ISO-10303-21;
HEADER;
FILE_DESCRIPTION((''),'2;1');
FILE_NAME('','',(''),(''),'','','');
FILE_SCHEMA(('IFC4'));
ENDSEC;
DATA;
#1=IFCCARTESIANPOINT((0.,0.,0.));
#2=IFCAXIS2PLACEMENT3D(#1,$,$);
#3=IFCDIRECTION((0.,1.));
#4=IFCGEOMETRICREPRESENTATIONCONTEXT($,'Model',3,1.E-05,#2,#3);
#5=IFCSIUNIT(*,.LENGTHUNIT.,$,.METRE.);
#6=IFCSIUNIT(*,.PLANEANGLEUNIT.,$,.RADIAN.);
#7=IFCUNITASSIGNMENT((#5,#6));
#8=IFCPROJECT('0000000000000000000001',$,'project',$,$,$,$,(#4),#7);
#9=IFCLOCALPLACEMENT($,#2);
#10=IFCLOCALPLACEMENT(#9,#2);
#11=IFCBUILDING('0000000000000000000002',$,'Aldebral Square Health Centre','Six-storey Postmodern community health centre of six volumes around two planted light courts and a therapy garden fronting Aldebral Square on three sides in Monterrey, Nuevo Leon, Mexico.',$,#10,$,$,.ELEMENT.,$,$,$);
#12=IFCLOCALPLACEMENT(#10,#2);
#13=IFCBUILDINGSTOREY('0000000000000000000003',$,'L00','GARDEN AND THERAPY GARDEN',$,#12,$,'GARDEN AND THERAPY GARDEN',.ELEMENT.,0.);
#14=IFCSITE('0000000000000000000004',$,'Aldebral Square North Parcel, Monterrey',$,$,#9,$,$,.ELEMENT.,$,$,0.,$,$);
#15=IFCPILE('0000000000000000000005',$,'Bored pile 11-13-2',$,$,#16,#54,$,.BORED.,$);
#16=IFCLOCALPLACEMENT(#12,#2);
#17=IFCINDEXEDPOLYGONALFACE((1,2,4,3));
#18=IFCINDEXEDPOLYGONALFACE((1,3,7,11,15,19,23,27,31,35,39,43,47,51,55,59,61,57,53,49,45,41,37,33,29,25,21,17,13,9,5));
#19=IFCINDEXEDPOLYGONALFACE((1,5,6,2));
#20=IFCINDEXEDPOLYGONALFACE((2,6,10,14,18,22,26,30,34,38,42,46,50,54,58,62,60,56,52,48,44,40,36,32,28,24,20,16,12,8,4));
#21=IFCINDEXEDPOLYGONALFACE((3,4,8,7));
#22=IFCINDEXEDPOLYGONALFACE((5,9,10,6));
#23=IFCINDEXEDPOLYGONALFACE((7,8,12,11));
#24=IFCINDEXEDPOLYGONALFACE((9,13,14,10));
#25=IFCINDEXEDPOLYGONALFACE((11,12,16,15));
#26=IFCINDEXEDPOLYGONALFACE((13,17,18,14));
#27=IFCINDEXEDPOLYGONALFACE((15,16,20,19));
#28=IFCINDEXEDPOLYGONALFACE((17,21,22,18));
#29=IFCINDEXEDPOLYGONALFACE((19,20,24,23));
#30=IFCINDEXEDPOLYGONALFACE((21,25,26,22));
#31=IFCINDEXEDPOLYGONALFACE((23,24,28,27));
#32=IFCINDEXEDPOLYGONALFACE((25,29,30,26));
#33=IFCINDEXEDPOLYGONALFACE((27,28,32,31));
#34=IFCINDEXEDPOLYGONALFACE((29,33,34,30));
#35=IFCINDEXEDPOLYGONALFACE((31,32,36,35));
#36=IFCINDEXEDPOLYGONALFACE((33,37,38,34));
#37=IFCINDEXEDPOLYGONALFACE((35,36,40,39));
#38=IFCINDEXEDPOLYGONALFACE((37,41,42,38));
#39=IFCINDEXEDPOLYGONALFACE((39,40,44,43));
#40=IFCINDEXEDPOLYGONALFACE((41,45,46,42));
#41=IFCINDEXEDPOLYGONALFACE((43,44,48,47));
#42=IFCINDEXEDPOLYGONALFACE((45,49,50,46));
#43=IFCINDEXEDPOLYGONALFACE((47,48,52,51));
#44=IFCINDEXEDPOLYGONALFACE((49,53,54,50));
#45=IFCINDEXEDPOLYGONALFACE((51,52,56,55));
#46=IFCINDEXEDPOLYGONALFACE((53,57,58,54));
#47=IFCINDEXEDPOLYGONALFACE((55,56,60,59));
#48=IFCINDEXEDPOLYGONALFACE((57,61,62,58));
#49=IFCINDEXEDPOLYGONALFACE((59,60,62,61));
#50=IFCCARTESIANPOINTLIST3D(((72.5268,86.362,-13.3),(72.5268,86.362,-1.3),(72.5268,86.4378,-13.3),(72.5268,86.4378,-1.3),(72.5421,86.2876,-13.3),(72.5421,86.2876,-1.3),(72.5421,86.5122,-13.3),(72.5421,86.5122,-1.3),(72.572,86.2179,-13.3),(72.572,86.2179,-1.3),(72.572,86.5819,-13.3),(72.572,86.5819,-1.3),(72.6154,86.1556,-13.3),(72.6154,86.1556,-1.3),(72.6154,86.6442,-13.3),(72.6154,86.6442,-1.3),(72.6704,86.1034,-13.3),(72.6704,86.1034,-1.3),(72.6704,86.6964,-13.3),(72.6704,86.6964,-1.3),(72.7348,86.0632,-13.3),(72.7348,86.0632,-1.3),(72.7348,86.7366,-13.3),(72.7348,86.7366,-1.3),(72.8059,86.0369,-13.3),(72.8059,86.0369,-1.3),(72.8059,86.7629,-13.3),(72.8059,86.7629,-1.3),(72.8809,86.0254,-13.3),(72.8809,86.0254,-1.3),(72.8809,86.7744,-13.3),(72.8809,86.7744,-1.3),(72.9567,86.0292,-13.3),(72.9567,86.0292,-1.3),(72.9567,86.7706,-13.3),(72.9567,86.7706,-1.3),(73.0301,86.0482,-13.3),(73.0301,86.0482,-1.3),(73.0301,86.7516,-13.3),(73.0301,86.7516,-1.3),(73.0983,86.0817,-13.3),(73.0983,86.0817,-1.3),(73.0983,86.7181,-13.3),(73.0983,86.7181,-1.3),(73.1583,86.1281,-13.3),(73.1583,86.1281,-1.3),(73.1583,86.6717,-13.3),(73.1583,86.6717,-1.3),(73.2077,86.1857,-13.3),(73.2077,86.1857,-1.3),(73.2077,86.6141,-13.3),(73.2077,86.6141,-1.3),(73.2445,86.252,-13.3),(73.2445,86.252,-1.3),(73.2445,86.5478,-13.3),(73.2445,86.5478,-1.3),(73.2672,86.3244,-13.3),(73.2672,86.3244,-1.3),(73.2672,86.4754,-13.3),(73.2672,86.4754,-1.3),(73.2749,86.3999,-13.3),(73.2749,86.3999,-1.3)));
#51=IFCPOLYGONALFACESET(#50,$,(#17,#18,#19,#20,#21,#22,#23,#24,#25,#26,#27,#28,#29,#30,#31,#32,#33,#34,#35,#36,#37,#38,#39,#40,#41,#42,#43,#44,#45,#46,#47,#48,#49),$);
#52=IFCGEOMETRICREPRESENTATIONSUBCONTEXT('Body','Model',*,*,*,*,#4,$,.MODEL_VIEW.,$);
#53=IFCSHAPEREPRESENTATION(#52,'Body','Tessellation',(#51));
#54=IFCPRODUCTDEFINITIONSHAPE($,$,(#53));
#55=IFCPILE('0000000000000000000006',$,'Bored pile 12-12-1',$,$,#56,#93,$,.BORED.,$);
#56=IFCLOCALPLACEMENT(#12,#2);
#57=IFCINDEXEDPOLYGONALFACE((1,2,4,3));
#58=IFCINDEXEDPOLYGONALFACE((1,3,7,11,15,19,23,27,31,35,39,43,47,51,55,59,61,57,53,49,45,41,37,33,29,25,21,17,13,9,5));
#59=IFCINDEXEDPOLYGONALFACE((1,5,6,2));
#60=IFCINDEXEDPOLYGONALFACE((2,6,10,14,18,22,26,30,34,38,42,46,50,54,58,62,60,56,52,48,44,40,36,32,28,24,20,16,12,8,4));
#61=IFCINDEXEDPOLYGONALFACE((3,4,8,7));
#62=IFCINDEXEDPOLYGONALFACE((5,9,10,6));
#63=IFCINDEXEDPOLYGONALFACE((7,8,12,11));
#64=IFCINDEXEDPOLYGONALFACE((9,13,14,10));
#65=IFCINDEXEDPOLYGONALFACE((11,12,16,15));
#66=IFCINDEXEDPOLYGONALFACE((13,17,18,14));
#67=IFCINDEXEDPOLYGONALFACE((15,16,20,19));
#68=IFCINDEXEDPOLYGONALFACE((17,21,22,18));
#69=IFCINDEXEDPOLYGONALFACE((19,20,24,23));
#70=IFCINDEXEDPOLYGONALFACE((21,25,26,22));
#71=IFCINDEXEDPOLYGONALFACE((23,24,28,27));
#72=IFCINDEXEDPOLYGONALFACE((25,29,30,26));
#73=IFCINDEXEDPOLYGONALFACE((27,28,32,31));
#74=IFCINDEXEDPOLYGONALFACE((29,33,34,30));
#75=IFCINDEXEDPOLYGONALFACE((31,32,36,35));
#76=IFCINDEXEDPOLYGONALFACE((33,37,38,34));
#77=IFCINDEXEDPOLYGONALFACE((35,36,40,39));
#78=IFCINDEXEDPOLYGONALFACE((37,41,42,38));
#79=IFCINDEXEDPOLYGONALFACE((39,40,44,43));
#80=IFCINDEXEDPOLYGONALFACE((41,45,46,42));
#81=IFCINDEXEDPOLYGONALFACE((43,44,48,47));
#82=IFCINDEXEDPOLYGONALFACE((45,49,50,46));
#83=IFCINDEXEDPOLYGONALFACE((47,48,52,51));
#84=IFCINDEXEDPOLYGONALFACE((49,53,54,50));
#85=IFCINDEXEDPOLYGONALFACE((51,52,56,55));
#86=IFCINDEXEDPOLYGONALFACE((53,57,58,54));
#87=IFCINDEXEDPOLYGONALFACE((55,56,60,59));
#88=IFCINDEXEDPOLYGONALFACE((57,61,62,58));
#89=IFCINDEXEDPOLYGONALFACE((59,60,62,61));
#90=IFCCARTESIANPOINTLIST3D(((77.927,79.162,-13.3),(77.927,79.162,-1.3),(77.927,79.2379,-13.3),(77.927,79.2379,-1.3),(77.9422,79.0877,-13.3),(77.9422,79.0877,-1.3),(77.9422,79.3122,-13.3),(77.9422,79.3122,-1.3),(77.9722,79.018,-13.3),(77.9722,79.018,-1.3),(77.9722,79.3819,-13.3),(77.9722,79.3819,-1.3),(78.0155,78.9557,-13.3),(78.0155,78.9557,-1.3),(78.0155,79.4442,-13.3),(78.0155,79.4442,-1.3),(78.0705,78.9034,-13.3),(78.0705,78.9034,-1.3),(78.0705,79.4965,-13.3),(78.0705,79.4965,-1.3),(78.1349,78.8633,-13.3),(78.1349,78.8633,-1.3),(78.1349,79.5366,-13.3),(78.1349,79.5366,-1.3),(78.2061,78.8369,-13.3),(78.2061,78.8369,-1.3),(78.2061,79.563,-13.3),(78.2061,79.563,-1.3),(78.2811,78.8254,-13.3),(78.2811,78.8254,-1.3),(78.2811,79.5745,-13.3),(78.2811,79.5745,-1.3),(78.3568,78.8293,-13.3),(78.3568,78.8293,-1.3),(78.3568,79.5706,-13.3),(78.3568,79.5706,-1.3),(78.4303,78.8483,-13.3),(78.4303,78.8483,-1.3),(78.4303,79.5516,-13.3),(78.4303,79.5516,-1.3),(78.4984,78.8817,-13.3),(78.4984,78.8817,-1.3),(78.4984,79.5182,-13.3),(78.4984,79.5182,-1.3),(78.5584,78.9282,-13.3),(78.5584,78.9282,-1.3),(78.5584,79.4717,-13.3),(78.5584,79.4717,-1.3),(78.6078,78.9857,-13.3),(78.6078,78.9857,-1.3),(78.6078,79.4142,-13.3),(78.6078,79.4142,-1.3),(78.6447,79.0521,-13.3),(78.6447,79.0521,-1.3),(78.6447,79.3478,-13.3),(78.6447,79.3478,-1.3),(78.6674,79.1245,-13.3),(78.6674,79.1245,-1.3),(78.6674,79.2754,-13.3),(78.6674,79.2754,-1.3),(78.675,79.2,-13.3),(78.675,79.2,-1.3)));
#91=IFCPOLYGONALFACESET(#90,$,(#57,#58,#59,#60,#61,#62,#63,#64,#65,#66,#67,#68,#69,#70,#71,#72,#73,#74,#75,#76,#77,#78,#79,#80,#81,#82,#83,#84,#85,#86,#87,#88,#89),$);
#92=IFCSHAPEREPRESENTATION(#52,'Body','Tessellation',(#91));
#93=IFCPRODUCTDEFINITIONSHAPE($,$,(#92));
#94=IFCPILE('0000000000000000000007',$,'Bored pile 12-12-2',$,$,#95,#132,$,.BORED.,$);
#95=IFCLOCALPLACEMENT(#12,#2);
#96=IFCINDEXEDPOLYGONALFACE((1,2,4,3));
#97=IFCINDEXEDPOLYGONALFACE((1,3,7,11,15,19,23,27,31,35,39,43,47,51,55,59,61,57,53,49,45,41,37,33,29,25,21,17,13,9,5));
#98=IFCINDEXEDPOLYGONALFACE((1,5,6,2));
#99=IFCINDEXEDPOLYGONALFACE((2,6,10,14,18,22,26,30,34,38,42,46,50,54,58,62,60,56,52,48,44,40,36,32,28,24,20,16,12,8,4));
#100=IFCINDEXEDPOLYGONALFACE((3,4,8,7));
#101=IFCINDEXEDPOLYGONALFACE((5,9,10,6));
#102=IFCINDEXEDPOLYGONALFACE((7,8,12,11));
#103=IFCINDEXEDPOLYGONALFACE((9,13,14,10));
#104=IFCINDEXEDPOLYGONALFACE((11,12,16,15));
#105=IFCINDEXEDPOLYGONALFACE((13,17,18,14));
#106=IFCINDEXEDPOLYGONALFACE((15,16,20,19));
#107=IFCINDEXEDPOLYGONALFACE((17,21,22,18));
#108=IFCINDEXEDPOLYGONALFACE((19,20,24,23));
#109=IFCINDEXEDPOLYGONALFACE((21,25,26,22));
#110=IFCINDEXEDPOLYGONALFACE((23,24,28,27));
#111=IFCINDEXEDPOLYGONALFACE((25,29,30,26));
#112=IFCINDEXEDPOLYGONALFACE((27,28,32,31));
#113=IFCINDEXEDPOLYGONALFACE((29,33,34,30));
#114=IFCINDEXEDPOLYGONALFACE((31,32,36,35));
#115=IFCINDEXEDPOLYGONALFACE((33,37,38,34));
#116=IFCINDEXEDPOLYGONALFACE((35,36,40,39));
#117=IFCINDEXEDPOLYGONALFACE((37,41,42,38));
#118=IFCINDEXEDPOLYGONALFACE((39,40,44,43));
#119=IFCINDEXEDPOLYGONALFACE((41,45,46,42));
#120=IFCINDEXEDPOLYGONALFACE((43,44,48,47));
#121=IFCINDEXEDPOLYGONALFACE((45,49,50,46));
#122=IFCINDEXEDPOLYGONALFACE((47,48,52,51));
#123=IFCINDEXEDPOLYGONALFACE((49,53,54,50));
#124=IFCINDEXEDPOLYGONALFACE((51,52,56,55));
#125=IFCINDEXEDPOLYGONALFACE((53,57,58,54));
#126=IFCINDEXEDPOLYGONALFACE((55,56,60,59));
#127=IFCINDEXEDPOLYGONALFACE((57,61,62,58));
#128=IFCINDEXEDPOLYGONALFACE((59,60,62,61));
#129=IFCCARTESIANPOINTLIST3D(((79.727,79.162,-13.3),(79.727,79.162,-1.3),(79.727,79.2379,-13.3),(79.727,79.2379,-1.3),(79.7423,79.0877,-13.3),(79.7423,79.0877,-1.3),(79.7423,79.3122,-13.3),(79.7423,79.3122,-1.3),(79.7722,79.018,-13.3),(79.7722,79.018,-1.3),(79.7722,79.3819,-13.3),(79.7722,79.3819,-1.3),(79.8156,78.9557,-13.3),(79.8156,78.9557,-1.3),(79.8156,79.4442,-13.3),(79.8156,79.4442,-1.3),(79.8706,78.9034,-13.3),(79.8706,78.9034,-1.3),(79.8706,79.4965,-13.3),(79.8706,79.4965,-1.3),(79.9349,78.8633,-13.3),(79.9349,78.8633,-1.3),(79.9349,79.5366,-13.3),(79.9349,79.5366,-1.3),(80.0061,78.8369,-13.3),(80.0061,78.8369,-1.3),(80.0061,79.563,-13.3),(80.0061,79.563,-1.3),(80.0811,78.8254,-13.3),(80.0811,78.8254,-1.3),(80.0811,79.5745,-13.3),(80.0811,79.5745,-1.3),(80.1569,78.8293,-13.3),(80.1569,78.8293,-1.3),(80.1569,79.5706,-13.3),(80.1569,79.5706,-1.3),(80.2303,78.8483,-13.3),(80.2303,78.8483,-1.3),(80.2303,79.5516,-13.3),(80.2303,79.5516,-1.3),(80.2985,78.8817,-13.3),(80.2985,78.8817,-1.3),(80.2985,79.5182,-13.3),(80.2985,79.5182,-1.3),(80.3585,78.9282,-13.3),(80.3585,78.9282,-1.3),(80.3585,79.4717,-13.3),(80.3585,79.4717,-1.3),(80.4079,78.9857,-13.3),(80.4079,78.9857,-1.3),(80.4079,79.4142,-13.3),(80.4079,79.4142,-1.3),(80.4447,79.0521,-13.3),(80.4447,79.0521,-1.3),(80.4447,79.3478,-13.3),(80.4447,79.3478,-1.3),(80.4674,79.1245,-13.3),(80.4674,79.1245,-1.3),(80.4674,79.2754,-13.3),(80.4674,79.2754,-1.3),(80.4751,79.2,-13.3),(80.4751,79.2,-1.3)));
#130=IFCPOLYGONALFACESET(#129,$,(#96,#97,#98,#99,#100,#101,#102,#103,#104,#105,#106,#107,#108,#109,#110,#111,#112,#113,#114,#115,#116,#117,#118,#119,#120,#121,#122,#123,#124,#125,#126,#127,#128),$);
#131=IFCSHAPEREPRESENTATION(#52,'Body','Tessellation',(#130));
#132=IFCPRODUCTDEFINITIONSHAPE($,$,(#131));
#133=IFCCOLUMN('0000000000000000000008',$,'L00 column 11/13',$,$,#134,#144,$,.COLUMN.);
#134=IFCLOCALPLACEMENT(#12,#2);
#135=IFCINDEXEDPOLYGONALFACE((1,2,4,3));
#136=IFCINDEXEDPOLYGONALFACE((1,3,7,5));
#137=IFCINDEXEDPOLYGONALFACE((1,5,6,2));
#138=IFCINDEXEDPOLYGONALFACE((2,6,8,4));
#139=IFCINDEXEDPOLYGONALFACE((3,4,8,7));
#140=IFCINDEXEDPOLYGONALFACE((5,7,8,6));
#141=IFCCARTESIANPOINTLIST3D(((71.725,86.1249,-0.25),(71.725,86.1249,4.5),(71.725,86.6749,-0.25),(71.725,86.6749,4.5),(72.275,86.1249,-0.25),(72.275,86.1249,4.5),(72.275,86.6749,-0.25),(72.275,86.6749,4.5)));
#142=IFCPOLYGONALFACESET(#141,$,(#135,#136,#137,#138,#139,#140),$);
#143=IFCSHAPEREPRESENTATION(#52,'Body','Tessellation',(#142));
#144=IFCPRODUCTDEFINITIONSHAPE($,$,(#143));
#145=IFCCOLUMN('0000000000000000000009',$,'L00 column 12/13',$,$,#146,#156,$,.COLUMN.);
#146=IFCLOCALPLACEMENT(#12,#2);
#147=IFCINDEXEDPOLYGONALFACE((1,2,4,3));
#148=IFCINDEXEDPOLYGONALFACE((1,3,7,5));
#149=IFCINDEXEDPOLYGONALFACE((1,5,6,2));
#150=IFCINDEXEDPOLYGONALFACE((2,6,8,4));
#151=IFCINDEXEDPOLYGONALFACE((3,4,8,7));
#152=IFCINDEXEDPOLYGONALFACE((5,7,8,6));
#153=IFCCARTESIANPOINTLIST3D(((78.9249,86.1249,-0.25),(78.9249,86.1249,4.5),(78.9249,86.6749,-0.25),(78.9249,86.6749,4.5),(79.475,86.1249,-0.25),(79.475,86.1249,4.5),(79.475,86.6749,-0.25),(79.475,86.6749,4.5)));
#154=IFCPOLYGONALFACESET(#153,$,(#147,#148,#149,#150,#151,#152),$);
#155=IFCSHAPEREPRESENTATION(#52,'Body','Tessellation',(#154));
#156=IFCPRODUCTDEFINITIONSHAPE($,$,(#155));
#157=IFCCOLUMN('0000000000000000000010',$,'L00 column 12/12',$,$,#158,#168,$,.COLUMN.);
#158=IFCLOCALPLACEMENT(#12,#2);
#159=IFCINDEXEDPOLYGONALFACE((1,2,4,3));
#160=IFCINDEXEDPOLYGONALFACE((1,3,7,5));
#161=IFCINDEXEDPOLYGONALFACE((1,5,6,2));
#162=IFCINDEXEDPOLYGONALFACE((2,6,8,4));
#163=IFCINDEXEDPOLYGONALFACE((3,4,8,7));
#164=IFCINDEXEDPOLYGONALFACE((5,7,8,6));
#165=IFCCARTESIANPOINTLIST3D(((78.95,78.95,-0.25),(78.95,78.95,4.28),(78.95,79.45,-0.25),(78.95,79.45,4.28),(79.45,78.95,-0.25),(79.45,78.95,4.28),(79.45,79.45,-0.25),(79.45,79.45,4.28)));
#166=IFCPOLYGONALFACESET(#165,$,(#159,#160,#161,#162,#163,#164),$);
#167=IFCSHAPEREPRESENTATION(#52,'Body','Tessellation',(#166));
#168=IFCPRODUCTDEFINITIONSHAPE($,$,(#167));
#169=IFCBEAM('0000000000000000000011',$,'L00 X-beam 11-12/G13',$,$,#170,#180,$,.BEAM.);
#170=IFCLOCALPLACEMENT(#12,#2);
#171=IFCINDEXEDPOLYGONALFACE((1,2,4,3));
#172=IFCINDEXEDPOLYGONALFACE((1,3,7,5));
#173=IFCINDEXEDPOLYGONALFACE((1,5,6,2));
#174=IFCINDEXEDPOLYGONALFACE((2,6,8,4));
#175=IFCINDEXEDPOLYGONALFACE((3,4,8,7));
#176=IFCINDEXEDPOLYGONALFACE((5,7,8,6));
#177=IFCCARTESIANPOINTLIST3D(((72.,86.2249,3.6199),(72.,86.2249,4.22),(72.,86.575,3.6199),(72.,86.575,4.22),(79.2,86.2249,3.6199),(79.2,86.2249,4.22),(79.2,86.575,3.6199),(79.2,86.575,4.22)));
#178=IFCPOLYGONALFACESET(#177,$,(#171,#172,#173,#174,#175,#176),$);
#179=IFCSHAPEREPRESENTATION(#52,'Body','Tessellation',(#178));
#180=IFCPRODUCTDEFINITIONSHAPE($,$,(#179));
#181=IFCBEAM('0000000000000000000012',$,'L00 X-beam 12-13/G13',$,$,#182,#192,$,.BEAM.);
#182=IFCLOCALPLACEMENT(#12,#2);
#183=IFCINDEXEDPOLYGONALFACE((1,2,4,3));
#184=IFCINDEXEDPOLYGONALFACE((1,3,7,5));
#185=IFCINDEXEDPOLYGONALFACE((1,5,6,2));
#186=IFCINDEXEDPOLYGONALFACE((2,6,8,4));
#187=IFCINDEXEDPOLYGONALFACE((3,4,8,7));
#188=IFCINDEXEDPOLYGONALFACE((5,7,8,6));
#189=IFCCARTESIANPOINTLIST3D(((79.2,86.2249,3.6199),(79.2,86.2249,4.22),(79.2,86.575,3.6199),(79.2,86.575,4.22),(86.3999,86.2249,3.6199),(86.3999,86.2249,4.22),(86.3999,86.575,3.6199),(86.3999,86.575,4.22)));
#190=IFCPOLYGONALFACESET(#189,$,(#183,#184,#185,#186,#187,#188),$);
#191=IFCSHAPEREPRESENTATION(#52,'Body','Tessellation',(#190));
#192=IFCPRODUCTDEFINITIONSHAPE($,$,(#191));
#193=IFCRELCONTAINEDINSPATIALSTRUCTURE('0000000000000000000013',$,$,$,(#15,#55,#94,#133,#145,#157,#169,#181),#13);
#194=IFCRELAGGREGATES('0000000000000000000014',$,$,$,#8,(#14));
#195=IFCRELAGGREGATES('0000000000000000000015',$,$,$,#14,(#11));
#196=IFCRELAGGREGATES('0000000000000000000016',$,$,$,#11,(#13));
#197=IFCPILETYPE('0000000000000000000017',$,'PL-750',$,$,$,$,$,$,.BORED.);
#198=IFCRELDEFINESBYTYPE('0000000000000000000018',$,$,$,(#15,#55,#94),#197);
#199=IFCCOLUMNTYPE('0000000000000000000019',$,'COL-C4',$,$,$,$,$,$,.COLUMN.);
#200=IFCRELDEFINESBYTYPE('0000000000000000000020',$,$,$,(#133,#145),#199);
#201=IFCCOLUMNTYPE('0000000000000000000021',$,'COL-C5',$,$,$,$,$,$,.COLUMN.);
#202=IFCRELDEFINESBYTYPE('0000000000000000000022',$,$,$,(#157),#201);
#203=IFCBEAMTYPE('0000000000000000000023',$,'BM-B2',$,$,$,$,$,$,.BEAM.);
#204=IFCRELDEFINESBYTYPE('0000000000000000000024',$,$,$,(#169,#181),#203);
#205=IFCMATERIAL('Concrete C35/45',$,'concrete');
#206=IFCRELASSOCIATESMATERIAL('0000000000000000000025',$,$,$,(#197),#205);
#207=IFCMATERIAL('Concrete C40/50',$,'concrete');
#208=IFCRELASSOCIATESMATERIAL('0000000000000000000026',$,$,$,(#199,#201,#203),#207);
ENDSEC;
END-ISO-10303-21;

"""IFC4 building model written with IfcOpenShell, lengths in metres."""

from ifc_helpers import new_model, si_unit, direction, frame, origin, origin_2d, place, context, subcontext, project, spatial, rectangle, circle, extrude, material, material_profile, profile_set, type_object, element, save


model = new_model("IFC4")

# Units and contexts
model_context = context("Model", 3, precision=1e-05, world=origin(), true_north=direction((0.0, 1.0)))
body_context = subcontext(model_context, "Body", "Model", "MODEL_VIEW")
ifc_project = project(units=[si_unit("LENGTHUNIT", "METRE"), si_unit("PLANEANGLEUNIT", "RADIAN")], contexts=[model_context])

# Site, building, storey
site_placement = place(None, origin())
site = spatial("IfcSite", under=ifc_project, at=site_placement, Name="Aldebral Square North Parcel, Monterrey", CompositionType="ELEMENT", RefElevation=0.0)
building_placement = place(site_placement, origin())
building = spatial("IfcBuilding", under=site, at=building_placement, Name="Aldebral Square Health Centre", Description="Six-storey Postmodern community health centre of six volumes around two planted light courts and a therapy garden fronting Aldebral Square on three sides in Monterrey, Nuevo Leon, Mexico.", CompositionType="ELEMENT")
storey_placement = place(building_placement, origin())
storey = spatial("IfcBuildingStorey", under=building, at=storey_placement, Name="L00", Description="GARDEN AND THERAPY GARDEN", LongName="GARDEN AND THERAPY GARDEN", CompositionType="ELEMENT", Elevation=0.0)

# Shared definitions
ifc_material_1 = material(Name="Concrete C35/45", Category="concrete")

# Piles
ifc_material_profile_1 = material_profile(ifc_material_1, circle(Radius=0.375, at=origin_2d()), Name="PILE D750")
ifc_profile_set_1 = profile_set([ifc_material_profile_1], Name="Concrete C35/45")
pile_type_1 = type_object("IfcPileType", Name="PL-750", PredefinedType="BORED", material=ifc_profile_set_1)
for number, where, z_axis, x_axis, name in (
    (1, (72.8999, 86.3999, -1.3), (0.0, 0.0, -1.0), (1.0, 0.0, 0.0), "Bored pile 11-13-2"),
    (2, (78.3, 79.2, -1.3), (0.0, 0.0, -1.0), (1.0, 0.0, 0.0), "Bored pile 12-12-1"),
    (3, (80.1001, 79.2, -1.3), (0.0, 0.0, -1.0), (1.0, 0.0, 0.0), "Bored pile 12-12-2"),
):
    element("IfcPile", number, at=place(storey_placement, frame(where, z_axis=z_axis, x_axis=x_axis)), inside=storey, type_object=pile_type_1, Name=name, PredefinedType="BORED", context=body_context, shape_type="SweptSolid", body=[
        extrude(circle(Radius=0.375, at=origin_2d()), origin(), (0.0, 0.0, 1.0), 12.0),
    ])

# Columns
ifc_material_2 = material(Name="Concrete C40/50", Category="concrete")
ifc_material_profile_2 = material_profile(ifc_material_2, rectangle(XDim=0.55, YDim=0.55, at=origin_2d()), Name="RC 550x550")
ifc_profile_set_2 = profile_set([ifc_material_profile_2], Name="Concrete C40/50")
column_type_1 = type_object("IfcColumnType", Name="COL-C4", PredefinedType="COLUMN", material=ifc_profile_set_2)
for number, where, z_axis, x_axis, name in (
    (4, (72.0, 86.3999, -0.25), (0.0, 0.0, 1.0), (1.0, 0.0, 0.0), "L00 column 11/13"),
    (5, (79.2, 86.3999, -0.25), (0.0, 0.0, 1.0), (1.0, 0.0, 0.0), "L00 column 12/13"),
):
    element("IfcColumn", number, at=place(storey_placement, frame(where, z_axis=z_axis, x_axis=x_axis)), inside=storey, type_object=column_type_1, Name=name, PredefinedType="COLUMN", context=body_context, shape_type="SweptSolid", body=[
        extrude(rectangle(XDim=0.55, YDim=0.55, at=origin_2d()), origin(), (0.0, 0.0, 1.0), 4.75),
    ])
ifc_material_profile_3 = material_profile(ifc_material_2, rectangle(XDim=0.5, YDim=0.5, at=origin_2d()), Name="RC 500x500")
ifc_profile_set_3 = profile_set([ifc_material_profile_3], Name="Concrete C40/50")
column_type_2 = type_object("IfcColumnType", Name="COL-C5", PredefinedType="COLUMN", material=ifc_profile_set_3)
column_placement = place(storey_placement, frame((79.2, 79.2, -0.25), z_axis=(0.0, 0.0, 1.0), x_axis=(1.0, 0.0, 0.0)))
element("IfcColumn", 6, at=column_placement, inside=storey, type_object=column_type_2, Name="L00 column 12/12", PredefinedType="COLUMN", context=body_context, shape_type="SweptSolid", body=[
    extrude(rectangle(XDim=0.5, YDim=0.5, at=origin_2d()), origin(), (0.0, 0.0, 1.0), 4.53),
])

# Beams
ifc_material_profile_4 = material_profile(ifc_material_2, rectangle(XDim=0.3501, YDim=0.6001, at=origin_2d()), Name="RC 350x600")
ifc_profile_set_4 = profile_set([ifc_material_profile_4], Name="Concrete C40/50")
beam_type_1 = type_object("IfcBeamType", Name="BM-B2", PredefinedType="BEAM", material=ifc_profile_set_4)
for number, where, z_axis, x_axis, name in (
    (7, (72.0, 86.3999, 3.9199), (1.0, 0.0, 0.0), (0.0, 1.0, 0.0), "L00 X-beam 11-12/G13"),
    (8, (79.2, 86.3999, 3.9199), (1.0, 0.0, 0.0), (0.0, 1.0, 0.0), "L00 X-beam 12-13/G13"),
):
    element("IfcBeam", number, at=place(storey_placement, frame(where, z_axis=z_axis, x_axis=x_axis)), inside=storey, type_object=beam_type_1, Name=name, PredefinedType="BEAM", context=body_context, shape_type="SweptSolid", body=[
        extrude(rectangle(XDim=0.3501, YDim=0.6001, at=origin_2d()), origin(), (0.0, 0.0, 1.0), 7.2),
    ])

save(model, "model.ifc")
